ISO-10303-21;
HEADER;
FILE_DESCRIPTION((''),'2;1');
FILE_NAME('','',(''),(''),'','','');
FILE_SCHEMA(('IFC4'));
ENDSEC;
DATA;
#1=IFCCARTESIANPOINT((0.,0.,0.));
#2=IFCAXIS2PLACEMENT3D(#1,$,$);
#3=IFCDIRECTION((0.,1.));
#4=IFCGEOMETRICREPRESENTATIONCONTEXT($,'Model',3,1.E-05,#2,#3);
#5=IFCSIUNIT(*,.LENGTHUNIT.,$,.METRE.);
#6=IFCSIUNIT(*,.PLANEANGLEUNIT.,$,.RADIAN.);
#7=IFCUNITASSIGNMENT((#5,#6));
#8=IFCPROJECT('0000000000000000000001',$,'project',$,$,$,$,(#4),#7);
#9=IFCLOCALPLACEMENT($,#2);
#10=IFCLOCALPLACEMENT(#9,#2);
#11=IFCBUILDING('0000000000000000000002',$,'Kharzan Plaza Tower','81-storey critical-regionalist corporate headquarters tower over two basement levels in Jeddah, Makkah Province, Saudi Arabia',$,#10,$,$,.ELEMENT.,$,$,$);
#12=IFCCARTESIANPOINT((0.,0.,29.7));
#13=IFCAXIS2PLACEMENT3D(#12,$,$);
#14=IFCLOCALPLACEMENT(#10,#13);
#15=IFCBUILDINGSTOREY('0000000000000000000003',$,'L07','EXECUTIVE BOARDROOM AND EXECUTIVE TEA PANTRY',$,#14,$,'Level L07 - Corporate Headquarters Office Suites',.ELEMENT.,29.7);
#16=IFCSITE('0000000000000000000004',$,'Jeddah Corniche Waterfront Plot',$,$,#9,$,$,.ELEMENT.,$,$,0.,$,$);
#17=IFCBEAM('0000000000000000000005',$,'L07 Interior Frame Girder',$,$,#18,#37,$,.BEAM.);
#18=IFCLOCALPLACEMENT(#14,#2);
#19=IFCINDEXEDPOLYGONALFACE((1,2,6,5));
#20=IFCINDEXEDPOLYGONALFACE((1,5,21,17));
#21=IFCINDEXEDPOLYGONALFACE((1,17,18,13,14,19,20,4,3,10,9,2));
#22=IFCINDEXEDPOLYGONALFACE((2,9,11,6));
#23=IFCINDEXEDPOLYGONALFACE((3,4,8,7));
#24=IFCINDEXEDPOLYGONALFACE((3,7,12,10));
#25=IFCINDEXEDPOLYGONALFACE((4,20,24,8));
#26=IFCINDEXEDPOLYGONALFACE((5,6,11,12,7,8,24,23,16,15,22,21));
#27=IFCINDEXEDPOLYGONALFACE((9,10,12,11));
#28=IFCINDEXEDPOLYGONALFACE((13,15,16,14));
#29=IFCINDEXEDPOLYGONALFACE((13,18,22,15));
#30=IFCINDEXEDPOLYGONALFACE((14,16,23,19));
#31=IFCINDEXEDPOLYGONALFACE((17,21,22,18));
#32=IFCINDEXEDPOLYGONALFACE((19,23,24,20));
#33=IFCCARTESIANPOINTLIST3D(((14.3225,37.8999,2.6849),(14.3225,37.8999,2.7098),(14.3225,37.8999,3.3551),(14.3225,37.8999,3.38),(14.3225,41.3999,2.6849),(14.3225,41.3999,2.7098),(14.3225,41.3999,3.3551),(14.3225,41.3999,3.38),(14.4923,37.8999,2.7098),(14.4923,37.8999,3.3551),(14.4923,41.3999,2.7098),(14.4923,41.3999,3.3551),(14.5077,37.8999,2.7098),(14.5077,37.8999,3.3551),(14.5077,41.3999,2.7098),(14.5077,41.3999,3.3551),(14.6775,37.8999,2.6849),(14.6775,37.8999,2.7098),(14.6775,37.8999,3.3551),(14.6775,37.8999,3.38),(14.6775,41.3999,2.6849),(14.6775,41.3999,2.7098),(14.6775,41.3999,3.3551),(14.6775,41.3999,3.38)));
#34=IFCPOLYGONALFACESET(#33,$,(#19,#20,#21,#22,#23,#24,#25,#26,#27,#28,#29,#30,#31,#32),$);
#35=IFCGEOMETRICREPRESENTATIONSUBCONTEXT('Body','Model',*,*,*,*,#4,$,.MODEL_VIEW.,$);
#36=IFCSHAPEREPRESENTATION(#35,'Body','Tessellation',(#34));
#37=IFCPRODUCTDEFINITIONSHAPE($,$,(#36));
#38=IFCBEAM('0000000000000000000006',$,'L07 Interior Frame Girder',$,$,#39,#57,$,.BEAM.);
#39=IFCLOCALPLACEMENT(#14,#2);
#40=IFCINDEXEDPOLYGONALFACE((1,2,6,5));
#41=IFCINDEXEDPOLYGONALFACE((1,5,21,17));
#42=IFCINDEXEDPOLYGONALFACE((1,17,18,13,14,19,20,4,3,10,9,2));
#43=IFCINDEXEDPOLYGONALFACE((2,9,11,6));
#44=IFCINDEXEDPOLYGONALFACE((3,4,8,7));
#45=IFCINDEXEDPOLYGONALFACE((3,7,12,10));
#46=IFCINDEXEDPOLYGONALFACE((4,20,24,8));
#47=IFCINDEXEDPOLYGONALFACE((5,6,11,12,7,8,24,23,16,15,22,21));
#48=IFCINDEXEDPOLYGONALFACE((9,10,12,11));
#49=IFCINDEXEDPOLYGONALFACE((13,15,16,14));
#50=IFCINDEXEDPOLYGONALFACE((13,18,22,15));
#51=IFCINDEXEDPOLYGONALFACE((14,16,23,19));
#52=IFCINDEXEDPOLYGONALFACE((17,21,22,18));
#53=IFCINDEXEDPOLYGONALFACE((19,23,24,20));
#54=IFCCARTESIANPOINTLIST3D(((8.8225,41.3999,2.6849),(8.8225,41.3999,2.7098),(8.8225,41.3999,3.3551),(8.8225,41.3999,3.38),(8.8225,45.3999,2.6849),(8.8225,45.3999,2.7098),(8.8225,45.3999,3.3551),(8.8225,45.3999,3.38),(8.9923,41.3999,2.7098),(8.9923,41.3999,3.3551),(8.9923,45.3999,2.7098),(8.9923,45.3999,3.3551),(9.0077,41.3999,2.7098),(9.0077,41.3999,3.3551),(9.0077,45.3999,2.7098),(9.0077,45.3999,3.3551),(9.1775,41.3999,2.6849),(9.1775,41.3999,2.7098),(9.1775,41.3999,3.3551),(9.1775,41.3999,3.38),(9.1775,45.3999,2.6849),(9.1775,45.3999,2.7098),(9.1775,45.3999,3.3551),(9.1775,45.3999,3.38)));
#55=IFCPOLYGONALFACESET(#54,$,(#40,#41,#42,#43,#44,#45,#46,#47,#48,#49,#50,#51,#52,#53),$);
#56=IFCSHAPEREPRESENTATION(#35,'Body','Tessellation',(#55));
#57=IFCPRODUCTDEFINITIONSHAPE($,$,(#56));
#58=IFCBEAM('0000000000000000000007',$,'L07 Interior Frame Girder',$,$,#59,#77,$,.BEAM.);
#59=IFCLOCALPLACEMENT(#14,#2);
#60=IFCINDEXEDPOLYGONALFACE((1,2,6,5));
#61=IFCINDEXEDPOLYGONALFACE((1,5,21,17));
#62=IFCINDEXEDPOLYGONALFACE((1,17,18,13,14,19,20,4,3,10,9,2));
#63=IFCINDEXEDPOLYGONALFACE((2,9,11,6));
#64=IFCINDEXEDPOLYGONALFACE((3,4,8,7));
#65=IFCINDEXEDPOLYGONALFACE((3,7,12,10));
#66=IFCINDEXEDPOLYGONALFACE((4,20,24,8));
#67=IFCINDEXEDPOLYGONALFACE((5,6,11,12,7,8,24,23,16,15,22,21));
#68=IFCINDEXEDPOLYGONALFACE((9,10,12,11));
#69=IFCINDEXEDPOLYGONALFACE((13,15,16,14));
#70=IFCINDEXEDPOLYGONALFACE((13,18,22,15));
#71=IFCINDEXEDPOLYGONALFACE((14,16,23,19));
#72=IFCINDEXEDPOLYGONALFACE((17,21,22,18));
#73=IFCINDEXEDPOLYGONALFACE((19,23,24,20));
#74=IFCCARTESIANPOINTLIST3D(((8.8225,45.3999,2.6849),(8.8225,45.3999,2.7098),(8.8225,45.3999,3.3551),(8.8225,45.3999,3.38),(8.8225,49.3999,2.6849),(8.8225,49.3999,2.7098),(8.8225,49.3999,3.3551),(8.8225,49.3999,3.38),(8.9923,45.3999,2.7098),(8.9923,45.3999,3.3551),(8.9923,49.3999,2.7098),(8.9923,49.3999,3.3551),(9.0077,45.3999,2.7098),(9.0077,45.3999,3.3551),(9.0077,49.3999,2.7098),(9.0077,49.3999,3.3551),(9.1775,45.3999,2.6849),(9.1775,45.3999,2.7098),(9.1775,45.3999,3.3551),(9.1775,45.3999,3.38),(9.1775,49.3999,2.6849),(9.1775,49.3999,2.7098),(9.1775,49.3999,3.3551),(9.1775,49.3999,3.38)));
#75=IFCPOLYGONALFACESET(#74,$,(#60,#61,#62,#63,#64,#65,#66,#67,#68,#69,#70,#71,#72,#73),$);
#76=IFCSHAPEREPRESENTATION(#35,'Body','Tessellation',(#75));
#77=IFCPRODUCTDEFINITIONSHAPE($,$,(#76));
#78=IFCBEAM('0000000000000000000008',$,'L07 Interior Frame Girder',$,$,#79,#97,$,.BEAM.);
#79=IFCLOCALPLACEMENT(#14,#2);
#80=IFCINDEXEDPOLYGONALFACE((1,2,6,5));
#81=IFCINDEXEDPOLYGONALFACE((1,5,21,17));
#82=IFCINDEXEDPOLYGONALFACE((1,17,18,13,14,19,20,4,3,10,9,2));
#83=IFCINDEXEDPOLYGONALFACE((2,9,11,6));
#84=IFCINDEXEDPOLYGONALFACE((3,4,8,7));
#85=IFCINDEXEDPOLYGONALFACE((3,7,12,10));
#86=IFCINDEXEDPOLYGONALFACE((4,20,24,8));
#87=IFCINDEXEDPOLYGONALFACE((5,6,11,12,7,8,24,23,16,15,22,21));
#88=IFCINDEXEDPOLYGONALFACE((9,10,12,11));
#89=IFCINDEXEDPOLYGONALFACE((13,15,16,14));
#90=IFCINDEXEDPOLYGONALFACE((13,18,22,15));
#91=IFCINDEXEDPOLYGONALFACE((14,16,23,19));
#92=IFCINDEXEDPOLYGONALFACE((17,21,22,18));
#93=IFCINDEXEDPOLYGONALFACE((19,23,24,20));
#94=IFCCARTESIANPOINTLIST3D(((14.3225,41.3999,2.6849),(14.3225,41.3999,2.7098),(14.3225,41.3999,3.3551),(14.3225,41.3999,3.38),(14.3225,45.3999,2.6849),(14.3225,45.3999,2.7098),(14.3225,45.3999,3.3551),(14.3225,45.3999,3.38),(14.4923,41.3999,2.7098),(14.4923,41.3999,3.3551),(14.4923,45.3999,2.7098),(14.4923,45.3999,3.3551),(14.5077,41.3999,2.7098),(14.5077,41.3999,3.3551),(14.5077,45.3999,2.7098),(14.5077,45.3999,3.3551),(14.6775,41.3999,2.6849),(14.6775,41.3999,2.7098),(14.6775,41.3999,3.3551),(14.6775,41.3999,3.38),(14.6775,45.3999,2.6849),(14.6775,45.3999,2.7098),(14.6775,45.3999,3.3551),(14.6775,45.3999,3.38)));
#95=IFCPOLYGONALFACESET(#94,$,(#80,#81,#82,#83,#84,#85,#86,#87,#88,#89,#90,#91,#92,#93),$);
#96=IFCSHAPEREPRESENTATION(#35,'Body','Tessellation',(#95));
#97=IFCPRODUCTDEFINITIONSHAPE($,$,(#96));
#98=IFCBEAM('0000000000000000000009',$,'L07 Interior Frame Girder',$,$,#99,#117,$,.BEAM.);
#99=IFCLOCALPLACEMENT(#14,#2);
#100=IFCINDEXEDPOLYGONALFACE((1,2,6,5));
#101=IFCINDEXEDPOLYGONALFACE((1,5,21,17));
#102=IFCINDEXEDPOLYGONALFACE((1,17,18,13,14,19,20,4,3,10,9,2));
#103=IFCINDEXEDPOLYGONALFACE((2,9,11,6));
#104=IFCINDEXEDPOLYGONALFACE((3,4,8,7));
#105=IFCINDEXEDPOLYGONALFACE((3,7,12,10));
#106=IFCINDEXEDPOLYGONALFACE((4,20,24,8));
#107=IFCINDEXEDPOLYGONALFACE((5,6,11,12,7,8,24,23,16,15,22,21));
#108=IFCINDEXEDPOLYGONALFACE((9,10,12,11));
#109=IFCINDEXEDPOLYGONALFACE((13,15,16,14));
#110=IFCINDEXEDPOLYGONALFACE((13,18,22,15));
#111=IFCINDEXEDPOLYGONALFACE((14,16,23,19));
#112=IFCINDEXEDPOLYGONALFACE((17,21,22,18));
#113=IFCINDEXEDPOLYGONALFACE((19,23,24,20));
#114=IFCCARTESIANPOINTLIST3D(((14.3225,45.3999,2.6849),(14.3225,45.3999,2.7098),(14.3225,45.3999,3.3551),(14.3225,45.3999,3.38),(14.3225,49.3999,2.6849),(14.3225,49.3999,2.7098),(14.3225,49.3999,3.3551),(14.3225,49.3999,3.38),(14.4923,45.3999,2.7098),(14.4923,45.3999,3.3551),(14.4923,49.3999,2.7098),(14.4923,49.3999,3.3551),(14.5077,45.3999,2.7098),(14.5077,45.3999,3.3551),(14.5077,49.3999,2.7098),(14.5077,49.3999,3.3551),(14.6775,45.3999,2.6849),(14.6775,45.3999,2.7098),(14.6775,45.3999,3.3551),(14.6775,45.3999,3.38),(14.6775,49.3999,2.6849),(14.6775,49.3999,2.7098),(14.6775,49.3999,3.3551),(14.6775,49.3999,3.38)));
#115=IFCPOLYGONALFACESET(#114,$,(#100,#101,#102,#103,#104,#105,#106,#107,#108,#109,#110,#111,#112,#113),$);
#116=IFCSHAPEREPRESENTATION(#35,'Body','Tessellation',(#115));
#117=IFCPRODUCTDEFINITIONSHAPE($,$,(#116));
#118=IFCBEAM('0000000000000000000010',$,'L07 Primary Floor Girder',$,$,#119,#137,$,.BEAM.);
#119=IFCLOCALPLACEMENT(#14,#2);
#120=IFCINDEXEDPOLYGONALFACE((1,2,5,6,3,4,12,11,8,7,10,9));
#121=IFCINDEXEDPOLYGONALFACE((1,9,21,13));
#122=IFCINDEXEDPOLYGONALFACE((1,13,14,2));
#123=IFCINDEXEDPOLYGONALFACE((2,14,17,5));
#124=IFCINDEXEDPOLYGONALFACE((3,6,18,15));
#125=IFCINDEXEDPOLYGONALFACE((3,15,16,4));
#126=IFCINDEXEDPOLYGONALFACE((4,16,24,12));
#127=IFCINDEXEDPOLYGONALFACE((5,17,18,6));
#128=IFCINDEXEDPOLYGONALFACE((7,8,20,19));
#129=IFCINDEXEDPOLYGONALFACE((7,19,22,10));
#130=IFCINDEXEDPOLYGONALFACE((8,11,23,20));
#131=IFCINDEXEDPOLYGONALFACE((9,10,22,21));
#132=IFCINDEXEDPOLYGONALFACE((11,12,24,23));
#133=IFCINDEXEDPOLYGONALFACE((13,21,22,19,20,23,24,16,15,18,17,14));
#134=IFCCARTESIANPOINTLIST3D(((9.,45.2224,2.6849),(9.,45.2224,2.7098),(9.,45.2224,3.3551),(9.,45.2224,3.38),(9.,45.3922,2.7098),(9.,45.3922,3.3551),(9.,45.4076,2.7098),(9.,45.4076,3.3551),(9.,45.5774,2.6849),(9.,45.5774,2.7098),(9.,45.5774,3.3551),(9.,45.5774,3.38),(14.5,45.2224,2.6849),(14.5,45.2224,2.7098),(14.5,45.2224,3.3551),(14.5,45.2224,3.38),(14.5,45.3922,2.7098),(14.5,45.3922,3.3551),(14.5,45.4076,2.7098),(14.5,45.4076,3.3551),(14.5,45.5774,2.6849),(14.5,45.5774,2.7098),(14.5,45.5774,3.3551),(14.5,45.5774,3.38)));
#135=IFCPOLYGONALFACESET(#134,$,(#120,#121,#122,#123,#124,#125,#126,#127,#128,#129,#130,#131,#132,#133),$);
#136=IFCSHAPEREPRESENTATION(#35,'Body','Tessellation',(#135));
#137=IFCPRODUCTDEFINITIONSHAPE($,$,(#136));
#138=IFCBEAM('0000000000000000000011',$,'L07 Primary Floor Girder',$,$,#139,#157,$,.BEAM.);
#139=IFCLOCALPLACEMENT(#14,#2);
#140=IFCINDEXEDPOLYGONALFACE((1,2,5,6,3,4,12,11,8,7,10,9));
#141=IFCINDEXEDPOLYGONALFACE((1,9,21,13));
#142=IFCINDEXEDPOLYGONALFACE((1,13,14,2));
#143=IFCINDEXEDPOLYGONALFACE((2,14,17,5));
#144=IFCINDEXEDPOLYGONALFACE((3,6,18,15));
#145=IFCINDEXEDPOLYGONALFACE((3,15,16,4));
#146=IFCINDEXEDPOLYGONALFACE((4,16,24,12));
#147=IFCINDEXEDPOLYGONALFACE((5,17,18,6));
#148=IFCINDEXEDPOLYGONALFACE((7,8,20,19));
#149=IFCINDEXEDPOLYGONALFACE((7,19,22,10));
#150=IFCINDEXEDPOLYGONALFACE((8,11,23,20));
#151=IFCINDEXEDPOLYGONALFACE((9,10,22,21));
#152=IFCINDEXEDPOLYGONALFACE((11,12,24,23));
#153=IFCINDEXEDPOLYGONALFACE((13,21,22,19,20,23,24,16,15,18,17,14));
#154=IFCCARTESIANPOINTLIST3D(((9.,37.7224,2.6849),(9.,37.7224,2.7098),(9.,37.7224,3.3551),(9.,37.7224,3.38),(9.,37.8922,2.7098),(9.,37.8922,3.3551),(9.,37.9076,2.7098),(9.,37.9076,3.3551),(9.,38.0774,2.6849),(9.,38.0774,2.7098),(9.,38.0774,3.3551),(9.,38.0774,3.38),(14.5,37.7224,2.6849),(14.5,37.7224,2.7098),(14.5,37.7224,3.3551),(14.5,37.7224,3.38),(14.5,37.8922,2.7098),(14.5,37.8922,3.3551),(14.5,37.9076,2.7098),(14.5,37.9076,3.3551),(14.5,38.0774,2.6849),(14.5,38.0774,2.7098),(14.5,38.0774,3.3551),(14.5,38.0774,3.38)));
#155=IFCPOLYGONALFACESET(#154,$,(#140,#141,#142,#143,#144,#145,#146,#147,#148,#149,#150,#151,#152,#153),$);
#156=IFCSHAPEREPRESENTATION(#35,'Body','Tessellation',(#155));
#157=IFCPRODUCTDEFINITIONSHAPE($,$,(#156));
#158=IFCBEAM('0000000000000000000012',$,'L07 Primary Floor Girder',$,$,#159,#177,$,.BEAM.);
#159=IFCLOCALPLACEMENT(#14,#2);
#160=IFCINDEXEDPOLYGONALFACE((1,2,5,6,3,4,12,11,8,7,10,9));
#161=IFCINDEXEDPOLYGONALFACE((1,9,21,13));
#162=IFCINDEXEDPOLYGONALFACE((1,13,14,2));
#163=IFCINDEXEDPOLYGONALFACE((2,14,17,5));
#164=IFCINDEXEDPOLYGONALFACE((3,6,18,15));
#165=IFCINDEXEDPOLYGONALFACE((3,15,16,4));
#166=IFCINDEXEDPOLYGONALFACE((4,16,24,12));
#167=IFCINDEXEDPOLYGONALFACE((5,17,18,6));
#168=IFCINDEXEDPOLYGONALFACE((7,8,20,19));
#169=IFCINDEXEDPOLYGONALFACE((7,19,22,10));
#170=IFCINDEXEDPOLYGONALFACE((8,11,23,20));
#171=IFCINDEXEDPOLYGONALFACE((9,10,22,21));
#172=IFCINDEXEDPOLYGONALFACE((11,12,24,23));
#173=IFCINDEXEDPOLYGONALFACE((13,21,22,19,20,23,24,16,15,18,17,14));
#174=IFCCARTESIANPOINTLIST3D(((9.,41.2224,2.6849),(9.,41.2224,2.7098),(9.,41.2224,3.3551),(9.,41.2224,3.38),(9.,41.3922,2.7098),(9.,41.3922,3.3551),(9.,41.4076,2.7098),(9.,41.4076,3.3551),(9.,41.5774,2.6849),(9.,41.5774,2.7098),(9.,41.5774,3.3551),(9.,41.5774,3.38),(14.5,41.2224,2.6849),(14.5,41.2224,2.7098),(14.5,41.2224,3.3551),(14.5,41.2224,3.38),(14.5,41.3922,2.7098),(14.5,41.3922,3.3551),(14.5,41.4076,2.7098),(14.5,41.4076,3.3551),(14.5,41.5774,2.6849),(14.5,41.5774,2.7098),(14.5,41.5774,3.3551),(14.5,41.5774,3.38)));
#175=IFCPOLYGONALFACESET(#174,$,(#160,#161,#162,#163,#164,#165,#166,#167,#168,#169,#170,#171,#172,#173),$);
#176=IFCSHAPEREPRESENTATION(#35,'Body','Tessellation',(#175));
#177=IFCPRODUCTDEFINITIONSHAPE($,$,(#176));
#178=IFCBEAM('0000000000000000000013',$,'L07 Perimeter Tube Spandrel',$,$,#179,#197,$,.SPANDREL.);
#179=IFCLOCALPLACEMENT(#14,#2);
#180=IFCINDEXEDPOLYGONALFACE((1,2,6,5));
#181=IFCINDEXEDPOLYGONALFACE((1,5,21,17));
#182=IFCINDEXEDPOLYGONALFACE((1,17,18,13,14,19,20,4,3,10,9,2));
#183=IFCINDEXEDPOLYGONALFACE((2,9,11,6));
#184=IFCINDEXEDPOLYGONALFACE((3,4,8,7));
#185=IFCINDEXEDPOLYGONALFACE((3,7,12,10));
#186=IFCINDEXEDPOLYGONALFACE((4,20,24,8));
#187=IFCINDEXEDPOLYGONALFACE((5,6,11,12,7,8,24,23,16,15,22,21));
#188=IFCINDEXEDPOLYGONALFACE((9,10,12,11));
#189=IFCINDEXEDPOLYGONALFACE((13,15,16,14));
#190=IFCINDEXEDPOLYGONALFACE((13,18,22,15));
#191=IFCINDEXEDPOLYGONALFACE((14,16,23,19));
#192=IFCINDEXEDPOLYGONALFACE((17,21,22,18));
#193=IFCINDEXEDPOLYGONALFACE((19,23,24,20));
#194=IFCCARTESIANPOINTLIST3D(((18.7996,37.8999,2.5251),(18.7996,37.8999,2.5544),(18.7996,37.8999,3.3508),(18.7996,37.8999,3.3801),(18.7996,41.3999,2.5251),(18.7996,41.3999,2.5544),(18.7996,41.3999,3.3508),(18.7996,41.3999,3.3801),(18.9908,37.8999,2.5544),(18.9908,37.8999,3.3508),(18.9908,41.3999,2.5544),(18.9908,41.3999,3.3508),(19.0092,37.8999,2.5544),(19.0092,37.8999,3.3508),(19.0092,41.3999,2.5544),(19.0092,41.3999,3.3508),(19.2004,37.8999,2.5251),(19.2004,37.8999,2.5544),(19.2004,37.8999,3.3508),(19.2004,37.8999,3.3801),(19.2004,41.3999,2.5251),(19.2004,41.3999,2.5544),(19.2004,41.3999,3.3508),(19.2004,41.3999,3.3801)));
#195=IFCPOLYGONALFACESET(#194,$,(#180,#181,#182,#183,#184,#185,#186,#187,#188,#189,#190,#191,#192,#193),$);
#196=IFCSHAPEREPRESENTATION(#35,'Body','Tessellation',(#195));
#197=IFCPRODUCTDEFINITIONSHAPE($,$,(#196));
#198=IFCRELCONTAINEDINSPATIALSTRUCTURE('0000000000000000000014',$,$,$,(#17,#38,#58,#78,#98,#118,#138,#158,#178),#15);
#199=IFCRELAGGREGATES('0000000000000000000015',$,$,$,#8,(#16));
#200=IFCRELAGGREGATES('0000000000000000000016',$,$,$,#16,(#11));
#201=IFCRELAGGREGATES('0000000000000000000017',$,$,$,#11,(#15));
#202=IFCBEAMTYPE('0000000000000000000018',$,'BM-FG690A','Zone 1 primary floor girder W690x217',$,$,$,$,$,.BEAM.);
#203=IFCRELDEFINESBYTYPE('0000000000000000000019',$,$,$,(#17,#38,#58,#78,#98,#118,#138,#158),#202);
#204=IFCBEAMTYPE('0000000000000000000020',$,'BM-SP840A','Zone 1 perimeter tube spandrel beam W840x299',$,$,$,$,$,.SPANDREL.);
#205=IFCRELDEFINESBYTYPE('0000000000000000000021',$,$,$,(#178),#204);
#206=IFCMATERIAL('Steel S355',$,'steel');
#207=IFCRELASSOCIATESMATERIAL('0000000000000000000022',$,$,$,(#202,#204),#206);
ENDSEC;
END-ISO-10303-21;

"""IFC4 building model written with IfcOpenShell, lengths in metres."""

from ifc_helpers import new_model, si_unit, direction, frame, origin, origin_2d, place, context, subcontext, project, spatial, i_section, extrude, source, transform, mapped, material, material_profile, profile_set, type_object, element, save


model = new_model("IFC4")

# Units and contexts
model_context = context("Model", 3, precision=1e-05, world=origin(), true_north=direction((0.0, 1.0)))
body_context = subcontext(model_context, "Body", "Model", "MODEL_VIEW")
ifc_project = project(units=[si_unit("LENGTHUNIT", "METRE"), si_unit("PLANEANGLEUNIT", "RADIAN")], contexts=[model_context])

# Site, building, storey
site_placement = place(None, origin())
site = spatial("IfcSite", under=ifc_project, at=site_placement, Name="Jeddah Corniche Waterfront Plot", CompositionType="ELEMENT", RefElevation=0.0)
building_placement = place(site_placement, origin())
building = spatial("IfcBuilding", under=site, at=building_placement, Name="Kharzan Plaza Tower", Description="81-storey critical-regionalist corporate headquarters tower over two basement levels in Jeddah, Makkah Province, Saudi Arabia", CompositionType="ELEMENT")
storey_placement = place(building_placement, frame((0.0, 0.0, 29.7)))
storey = spatial("IfcBuildingStorey", under=building, at=storey_placement, Name="L07", Description="EXECUTIVE BOARDROOM AND EXECUTIVE TEA PANTRY", LongName="Level L07 - Corporate Headquarters Office Suites", CompositionType="ELEMENT", Elevation=29.7)

# Beams
ifc_material_1 = material(Name="Steel S355", Category="steel")
ifc_material_profile_1 = material_profile(ifc_material_1, i_section(OverallWidth=0.355, OverallDepth=0.6951, WebThickness=0.0154, FlangeThickness=0.0249, at=origin_2d()), Name="W690x217")
ifc_profile_set_1 = profile_set([ifc_material_profile_1], Name="Steel S355")
beam_type_1 = type_object("IfcBeamType", Name="BM-FG690A", Description="Zone 1 primary floor girder W690x217", PredefinedType="BEAM", material=ifc_profile_set_1)
shared_shape_1 = source(origin(), body_context, "Body", "SweptSolid", [
    extrude(i_section(OverallWidth=0.355, OverallDepth=0.6951, WebThickness=0.0154, FlangeThickness=0.0249, at=origin_2d()), origin(), (0.0, 0.0, 1.0), 3.5),
])
beam_1_placement = place(storey_placement, frame((14.5, 37.8999, 3.0325), z_axis=(0.0, 1.0, 0.0), x_axis=(-1.0, 0.0, 0.0)))
element("IfcBeam", 1, at=beam_1_placement, inside=storey, type_object=beam_type_1, Name="L07 Interior Frame Girder", PredefinedType="BEAM", context=body_context, shape_type="MappedRepresentation", body=[
    mapped(shared_shape_1, transform((0.0, 0.0, 0.0), x_axis=(1.0, 0.0, 0.0), y_axis=(0.0, 1.0, 0.0), z_axis=(0.0, 0.0, 1.0))),
])
shared_shape_2 = source(origin(), body_context, "Body", "SweptSolid", [
    extrude(i_section(OverallWidth=0.355, OverallDepth=0.6951, WebThickness=0.0154, FlangeThickness=0.0249, at=origin_2d()), origin(), (0.0, 0.0, 1.0), 4.0),
])
for number, where, z_axis, x_axis, name in (
    (2, (9.0, 41.3999, 3.0325), (0.0, 1.0, 0.0), (-1.0, 0.0, 0.0), "L07 Interior Frame Girder"),
    (3, (9.0, 45.3999, 3.0325), (0.0, 1.0, 0.0), (-1.0, 0.0, 0.0), "L07 Interior Frame Girder"),
    (4, (14.5, 41.3999, 3.0325), (0.0, 1.0, 0.0), (-1.0, 0.0, 0.0), "L07 Interior Frame Girder"),
    (5, (14.5, 45.3999, 3.0325), (0.0, 1.0, 0.0), (-1.0, 0.0, 0.0), "L07 Interior Frame Girder"),
):
    element("IfcBeam", number, at=place(storey_placement, frame(where, z_axis=z_axis, x_axis=x_axis)), inside=storey, type_object=beam_type_1, Name=name, PredefinedType="BEAM", context=body_context, shape_type="MappedRepresentation", body=[
        mapped(shared_shape_2, transform((0.0, 0.0, 0.0), x_axis=(1.0, 0.0, 0.0), y_axis=(0.0, 1.0, 0.0), z_axis=(0.0, 0.0, 1.0))),
    ])
shared_shape_3 = source(origin(), body_context, "Body", "SweptSolid", [
    extrude(i_section(OverallWidth=0.355, OverallDepth=0.6951, WebThickness=0.0154, FlangeThickness=0.0249, at=origin_2d()), origin(), (0.0, 0.0, 1.0), 5.5),
])
for number, where, z_axis, x_axis, name in (
    (6, (9.0, 45.3999, 3.0325), (1.0, 0.0, 0.0), (0.0, 1.0, 0.0), "L07 Primary Floor Girder"),
    (7, (9.0, 37.8999, 3.0325), (1.0, 0.0, 0.0), (0.0, 1.0, 0.0), "L07 Primary Floor Girder"),
    (8, (9.0, 41.3999, 3.0325), (1.0, 0.0, 0.0), (0.0, 1.0, 0.0), "L07 Primary Floor Girder"),
):
    element("IfcBeam", number, at=place(storey_placement, frame(where, z_axis=z_axis, x_axis=x_axis)), inside=storey, type_object=beam_type_1, Name=name, PredefinedType="BEAM", context=body_context, shape_type="MappedRepresentation", body=[
        mapped(shared_shape_3, transform((0.0, 0.0, 0.0), x_axis=(1.0, 0.0, 0.0), y_axis=(0.0, 1.0, 0.0), z_axis=(0.0, 0.0, 1.0))),
    ])
ifc_material_profile_2 = material_profile(ifc_material_1, i_section(OverallWidth=0.4009, OverallDepth=0.855, WebThickness=0.0183, FlangeThickness=0.0293, at=origin_2d()), Name="W840x299")
ifc_profile_set_2 = profile_set([ifc_material_profile_2], Name="Steel S355")
beam_type_2 = type_object("IfcBeamType", Name="BM-SP840A", Description="Zone 1 perimeter tube spandrel beam W840x299", PredefinedType="SPANDREL", material=ifc_profile_set_2)
shared_shape_4 = source(origin(), body_context, "Body", "SweptSolid", [
    extrude(i_section(OverallWidth=0.4009, OverallDepth=0.855, WebThickness=0.0183, FlangeThickness=0.0293, at=origin_2d()), origin(), (0.0, 0.0, 1.0), 3.5),
])
beam_2_placement = place(storey_placement, frame((19.0, 37.8999, 2.9526), z_axis=(0.0, 1.0, 0.0), x_axis=(-1.0, 0.0, 0.0)))
element("IfcBeam", 9, at=beam_2_placement, inside=storey, type_object=beam_type_2, Name="L07 Perimeter Tube Spandrel", PredefinedType="SPANDREL", context=body_context, shape_type="MappedRepresentation", body=[
    mapped(shared_shape_4, transform((0.0, 0.0, 0.0), x_axis=(1.0, 0.0, 0.0), y_axis=(0.0, 1.0, 0.0), z_axis=(0.0, 0.0, 1.0))),
])

save(model, "model.ifc")
